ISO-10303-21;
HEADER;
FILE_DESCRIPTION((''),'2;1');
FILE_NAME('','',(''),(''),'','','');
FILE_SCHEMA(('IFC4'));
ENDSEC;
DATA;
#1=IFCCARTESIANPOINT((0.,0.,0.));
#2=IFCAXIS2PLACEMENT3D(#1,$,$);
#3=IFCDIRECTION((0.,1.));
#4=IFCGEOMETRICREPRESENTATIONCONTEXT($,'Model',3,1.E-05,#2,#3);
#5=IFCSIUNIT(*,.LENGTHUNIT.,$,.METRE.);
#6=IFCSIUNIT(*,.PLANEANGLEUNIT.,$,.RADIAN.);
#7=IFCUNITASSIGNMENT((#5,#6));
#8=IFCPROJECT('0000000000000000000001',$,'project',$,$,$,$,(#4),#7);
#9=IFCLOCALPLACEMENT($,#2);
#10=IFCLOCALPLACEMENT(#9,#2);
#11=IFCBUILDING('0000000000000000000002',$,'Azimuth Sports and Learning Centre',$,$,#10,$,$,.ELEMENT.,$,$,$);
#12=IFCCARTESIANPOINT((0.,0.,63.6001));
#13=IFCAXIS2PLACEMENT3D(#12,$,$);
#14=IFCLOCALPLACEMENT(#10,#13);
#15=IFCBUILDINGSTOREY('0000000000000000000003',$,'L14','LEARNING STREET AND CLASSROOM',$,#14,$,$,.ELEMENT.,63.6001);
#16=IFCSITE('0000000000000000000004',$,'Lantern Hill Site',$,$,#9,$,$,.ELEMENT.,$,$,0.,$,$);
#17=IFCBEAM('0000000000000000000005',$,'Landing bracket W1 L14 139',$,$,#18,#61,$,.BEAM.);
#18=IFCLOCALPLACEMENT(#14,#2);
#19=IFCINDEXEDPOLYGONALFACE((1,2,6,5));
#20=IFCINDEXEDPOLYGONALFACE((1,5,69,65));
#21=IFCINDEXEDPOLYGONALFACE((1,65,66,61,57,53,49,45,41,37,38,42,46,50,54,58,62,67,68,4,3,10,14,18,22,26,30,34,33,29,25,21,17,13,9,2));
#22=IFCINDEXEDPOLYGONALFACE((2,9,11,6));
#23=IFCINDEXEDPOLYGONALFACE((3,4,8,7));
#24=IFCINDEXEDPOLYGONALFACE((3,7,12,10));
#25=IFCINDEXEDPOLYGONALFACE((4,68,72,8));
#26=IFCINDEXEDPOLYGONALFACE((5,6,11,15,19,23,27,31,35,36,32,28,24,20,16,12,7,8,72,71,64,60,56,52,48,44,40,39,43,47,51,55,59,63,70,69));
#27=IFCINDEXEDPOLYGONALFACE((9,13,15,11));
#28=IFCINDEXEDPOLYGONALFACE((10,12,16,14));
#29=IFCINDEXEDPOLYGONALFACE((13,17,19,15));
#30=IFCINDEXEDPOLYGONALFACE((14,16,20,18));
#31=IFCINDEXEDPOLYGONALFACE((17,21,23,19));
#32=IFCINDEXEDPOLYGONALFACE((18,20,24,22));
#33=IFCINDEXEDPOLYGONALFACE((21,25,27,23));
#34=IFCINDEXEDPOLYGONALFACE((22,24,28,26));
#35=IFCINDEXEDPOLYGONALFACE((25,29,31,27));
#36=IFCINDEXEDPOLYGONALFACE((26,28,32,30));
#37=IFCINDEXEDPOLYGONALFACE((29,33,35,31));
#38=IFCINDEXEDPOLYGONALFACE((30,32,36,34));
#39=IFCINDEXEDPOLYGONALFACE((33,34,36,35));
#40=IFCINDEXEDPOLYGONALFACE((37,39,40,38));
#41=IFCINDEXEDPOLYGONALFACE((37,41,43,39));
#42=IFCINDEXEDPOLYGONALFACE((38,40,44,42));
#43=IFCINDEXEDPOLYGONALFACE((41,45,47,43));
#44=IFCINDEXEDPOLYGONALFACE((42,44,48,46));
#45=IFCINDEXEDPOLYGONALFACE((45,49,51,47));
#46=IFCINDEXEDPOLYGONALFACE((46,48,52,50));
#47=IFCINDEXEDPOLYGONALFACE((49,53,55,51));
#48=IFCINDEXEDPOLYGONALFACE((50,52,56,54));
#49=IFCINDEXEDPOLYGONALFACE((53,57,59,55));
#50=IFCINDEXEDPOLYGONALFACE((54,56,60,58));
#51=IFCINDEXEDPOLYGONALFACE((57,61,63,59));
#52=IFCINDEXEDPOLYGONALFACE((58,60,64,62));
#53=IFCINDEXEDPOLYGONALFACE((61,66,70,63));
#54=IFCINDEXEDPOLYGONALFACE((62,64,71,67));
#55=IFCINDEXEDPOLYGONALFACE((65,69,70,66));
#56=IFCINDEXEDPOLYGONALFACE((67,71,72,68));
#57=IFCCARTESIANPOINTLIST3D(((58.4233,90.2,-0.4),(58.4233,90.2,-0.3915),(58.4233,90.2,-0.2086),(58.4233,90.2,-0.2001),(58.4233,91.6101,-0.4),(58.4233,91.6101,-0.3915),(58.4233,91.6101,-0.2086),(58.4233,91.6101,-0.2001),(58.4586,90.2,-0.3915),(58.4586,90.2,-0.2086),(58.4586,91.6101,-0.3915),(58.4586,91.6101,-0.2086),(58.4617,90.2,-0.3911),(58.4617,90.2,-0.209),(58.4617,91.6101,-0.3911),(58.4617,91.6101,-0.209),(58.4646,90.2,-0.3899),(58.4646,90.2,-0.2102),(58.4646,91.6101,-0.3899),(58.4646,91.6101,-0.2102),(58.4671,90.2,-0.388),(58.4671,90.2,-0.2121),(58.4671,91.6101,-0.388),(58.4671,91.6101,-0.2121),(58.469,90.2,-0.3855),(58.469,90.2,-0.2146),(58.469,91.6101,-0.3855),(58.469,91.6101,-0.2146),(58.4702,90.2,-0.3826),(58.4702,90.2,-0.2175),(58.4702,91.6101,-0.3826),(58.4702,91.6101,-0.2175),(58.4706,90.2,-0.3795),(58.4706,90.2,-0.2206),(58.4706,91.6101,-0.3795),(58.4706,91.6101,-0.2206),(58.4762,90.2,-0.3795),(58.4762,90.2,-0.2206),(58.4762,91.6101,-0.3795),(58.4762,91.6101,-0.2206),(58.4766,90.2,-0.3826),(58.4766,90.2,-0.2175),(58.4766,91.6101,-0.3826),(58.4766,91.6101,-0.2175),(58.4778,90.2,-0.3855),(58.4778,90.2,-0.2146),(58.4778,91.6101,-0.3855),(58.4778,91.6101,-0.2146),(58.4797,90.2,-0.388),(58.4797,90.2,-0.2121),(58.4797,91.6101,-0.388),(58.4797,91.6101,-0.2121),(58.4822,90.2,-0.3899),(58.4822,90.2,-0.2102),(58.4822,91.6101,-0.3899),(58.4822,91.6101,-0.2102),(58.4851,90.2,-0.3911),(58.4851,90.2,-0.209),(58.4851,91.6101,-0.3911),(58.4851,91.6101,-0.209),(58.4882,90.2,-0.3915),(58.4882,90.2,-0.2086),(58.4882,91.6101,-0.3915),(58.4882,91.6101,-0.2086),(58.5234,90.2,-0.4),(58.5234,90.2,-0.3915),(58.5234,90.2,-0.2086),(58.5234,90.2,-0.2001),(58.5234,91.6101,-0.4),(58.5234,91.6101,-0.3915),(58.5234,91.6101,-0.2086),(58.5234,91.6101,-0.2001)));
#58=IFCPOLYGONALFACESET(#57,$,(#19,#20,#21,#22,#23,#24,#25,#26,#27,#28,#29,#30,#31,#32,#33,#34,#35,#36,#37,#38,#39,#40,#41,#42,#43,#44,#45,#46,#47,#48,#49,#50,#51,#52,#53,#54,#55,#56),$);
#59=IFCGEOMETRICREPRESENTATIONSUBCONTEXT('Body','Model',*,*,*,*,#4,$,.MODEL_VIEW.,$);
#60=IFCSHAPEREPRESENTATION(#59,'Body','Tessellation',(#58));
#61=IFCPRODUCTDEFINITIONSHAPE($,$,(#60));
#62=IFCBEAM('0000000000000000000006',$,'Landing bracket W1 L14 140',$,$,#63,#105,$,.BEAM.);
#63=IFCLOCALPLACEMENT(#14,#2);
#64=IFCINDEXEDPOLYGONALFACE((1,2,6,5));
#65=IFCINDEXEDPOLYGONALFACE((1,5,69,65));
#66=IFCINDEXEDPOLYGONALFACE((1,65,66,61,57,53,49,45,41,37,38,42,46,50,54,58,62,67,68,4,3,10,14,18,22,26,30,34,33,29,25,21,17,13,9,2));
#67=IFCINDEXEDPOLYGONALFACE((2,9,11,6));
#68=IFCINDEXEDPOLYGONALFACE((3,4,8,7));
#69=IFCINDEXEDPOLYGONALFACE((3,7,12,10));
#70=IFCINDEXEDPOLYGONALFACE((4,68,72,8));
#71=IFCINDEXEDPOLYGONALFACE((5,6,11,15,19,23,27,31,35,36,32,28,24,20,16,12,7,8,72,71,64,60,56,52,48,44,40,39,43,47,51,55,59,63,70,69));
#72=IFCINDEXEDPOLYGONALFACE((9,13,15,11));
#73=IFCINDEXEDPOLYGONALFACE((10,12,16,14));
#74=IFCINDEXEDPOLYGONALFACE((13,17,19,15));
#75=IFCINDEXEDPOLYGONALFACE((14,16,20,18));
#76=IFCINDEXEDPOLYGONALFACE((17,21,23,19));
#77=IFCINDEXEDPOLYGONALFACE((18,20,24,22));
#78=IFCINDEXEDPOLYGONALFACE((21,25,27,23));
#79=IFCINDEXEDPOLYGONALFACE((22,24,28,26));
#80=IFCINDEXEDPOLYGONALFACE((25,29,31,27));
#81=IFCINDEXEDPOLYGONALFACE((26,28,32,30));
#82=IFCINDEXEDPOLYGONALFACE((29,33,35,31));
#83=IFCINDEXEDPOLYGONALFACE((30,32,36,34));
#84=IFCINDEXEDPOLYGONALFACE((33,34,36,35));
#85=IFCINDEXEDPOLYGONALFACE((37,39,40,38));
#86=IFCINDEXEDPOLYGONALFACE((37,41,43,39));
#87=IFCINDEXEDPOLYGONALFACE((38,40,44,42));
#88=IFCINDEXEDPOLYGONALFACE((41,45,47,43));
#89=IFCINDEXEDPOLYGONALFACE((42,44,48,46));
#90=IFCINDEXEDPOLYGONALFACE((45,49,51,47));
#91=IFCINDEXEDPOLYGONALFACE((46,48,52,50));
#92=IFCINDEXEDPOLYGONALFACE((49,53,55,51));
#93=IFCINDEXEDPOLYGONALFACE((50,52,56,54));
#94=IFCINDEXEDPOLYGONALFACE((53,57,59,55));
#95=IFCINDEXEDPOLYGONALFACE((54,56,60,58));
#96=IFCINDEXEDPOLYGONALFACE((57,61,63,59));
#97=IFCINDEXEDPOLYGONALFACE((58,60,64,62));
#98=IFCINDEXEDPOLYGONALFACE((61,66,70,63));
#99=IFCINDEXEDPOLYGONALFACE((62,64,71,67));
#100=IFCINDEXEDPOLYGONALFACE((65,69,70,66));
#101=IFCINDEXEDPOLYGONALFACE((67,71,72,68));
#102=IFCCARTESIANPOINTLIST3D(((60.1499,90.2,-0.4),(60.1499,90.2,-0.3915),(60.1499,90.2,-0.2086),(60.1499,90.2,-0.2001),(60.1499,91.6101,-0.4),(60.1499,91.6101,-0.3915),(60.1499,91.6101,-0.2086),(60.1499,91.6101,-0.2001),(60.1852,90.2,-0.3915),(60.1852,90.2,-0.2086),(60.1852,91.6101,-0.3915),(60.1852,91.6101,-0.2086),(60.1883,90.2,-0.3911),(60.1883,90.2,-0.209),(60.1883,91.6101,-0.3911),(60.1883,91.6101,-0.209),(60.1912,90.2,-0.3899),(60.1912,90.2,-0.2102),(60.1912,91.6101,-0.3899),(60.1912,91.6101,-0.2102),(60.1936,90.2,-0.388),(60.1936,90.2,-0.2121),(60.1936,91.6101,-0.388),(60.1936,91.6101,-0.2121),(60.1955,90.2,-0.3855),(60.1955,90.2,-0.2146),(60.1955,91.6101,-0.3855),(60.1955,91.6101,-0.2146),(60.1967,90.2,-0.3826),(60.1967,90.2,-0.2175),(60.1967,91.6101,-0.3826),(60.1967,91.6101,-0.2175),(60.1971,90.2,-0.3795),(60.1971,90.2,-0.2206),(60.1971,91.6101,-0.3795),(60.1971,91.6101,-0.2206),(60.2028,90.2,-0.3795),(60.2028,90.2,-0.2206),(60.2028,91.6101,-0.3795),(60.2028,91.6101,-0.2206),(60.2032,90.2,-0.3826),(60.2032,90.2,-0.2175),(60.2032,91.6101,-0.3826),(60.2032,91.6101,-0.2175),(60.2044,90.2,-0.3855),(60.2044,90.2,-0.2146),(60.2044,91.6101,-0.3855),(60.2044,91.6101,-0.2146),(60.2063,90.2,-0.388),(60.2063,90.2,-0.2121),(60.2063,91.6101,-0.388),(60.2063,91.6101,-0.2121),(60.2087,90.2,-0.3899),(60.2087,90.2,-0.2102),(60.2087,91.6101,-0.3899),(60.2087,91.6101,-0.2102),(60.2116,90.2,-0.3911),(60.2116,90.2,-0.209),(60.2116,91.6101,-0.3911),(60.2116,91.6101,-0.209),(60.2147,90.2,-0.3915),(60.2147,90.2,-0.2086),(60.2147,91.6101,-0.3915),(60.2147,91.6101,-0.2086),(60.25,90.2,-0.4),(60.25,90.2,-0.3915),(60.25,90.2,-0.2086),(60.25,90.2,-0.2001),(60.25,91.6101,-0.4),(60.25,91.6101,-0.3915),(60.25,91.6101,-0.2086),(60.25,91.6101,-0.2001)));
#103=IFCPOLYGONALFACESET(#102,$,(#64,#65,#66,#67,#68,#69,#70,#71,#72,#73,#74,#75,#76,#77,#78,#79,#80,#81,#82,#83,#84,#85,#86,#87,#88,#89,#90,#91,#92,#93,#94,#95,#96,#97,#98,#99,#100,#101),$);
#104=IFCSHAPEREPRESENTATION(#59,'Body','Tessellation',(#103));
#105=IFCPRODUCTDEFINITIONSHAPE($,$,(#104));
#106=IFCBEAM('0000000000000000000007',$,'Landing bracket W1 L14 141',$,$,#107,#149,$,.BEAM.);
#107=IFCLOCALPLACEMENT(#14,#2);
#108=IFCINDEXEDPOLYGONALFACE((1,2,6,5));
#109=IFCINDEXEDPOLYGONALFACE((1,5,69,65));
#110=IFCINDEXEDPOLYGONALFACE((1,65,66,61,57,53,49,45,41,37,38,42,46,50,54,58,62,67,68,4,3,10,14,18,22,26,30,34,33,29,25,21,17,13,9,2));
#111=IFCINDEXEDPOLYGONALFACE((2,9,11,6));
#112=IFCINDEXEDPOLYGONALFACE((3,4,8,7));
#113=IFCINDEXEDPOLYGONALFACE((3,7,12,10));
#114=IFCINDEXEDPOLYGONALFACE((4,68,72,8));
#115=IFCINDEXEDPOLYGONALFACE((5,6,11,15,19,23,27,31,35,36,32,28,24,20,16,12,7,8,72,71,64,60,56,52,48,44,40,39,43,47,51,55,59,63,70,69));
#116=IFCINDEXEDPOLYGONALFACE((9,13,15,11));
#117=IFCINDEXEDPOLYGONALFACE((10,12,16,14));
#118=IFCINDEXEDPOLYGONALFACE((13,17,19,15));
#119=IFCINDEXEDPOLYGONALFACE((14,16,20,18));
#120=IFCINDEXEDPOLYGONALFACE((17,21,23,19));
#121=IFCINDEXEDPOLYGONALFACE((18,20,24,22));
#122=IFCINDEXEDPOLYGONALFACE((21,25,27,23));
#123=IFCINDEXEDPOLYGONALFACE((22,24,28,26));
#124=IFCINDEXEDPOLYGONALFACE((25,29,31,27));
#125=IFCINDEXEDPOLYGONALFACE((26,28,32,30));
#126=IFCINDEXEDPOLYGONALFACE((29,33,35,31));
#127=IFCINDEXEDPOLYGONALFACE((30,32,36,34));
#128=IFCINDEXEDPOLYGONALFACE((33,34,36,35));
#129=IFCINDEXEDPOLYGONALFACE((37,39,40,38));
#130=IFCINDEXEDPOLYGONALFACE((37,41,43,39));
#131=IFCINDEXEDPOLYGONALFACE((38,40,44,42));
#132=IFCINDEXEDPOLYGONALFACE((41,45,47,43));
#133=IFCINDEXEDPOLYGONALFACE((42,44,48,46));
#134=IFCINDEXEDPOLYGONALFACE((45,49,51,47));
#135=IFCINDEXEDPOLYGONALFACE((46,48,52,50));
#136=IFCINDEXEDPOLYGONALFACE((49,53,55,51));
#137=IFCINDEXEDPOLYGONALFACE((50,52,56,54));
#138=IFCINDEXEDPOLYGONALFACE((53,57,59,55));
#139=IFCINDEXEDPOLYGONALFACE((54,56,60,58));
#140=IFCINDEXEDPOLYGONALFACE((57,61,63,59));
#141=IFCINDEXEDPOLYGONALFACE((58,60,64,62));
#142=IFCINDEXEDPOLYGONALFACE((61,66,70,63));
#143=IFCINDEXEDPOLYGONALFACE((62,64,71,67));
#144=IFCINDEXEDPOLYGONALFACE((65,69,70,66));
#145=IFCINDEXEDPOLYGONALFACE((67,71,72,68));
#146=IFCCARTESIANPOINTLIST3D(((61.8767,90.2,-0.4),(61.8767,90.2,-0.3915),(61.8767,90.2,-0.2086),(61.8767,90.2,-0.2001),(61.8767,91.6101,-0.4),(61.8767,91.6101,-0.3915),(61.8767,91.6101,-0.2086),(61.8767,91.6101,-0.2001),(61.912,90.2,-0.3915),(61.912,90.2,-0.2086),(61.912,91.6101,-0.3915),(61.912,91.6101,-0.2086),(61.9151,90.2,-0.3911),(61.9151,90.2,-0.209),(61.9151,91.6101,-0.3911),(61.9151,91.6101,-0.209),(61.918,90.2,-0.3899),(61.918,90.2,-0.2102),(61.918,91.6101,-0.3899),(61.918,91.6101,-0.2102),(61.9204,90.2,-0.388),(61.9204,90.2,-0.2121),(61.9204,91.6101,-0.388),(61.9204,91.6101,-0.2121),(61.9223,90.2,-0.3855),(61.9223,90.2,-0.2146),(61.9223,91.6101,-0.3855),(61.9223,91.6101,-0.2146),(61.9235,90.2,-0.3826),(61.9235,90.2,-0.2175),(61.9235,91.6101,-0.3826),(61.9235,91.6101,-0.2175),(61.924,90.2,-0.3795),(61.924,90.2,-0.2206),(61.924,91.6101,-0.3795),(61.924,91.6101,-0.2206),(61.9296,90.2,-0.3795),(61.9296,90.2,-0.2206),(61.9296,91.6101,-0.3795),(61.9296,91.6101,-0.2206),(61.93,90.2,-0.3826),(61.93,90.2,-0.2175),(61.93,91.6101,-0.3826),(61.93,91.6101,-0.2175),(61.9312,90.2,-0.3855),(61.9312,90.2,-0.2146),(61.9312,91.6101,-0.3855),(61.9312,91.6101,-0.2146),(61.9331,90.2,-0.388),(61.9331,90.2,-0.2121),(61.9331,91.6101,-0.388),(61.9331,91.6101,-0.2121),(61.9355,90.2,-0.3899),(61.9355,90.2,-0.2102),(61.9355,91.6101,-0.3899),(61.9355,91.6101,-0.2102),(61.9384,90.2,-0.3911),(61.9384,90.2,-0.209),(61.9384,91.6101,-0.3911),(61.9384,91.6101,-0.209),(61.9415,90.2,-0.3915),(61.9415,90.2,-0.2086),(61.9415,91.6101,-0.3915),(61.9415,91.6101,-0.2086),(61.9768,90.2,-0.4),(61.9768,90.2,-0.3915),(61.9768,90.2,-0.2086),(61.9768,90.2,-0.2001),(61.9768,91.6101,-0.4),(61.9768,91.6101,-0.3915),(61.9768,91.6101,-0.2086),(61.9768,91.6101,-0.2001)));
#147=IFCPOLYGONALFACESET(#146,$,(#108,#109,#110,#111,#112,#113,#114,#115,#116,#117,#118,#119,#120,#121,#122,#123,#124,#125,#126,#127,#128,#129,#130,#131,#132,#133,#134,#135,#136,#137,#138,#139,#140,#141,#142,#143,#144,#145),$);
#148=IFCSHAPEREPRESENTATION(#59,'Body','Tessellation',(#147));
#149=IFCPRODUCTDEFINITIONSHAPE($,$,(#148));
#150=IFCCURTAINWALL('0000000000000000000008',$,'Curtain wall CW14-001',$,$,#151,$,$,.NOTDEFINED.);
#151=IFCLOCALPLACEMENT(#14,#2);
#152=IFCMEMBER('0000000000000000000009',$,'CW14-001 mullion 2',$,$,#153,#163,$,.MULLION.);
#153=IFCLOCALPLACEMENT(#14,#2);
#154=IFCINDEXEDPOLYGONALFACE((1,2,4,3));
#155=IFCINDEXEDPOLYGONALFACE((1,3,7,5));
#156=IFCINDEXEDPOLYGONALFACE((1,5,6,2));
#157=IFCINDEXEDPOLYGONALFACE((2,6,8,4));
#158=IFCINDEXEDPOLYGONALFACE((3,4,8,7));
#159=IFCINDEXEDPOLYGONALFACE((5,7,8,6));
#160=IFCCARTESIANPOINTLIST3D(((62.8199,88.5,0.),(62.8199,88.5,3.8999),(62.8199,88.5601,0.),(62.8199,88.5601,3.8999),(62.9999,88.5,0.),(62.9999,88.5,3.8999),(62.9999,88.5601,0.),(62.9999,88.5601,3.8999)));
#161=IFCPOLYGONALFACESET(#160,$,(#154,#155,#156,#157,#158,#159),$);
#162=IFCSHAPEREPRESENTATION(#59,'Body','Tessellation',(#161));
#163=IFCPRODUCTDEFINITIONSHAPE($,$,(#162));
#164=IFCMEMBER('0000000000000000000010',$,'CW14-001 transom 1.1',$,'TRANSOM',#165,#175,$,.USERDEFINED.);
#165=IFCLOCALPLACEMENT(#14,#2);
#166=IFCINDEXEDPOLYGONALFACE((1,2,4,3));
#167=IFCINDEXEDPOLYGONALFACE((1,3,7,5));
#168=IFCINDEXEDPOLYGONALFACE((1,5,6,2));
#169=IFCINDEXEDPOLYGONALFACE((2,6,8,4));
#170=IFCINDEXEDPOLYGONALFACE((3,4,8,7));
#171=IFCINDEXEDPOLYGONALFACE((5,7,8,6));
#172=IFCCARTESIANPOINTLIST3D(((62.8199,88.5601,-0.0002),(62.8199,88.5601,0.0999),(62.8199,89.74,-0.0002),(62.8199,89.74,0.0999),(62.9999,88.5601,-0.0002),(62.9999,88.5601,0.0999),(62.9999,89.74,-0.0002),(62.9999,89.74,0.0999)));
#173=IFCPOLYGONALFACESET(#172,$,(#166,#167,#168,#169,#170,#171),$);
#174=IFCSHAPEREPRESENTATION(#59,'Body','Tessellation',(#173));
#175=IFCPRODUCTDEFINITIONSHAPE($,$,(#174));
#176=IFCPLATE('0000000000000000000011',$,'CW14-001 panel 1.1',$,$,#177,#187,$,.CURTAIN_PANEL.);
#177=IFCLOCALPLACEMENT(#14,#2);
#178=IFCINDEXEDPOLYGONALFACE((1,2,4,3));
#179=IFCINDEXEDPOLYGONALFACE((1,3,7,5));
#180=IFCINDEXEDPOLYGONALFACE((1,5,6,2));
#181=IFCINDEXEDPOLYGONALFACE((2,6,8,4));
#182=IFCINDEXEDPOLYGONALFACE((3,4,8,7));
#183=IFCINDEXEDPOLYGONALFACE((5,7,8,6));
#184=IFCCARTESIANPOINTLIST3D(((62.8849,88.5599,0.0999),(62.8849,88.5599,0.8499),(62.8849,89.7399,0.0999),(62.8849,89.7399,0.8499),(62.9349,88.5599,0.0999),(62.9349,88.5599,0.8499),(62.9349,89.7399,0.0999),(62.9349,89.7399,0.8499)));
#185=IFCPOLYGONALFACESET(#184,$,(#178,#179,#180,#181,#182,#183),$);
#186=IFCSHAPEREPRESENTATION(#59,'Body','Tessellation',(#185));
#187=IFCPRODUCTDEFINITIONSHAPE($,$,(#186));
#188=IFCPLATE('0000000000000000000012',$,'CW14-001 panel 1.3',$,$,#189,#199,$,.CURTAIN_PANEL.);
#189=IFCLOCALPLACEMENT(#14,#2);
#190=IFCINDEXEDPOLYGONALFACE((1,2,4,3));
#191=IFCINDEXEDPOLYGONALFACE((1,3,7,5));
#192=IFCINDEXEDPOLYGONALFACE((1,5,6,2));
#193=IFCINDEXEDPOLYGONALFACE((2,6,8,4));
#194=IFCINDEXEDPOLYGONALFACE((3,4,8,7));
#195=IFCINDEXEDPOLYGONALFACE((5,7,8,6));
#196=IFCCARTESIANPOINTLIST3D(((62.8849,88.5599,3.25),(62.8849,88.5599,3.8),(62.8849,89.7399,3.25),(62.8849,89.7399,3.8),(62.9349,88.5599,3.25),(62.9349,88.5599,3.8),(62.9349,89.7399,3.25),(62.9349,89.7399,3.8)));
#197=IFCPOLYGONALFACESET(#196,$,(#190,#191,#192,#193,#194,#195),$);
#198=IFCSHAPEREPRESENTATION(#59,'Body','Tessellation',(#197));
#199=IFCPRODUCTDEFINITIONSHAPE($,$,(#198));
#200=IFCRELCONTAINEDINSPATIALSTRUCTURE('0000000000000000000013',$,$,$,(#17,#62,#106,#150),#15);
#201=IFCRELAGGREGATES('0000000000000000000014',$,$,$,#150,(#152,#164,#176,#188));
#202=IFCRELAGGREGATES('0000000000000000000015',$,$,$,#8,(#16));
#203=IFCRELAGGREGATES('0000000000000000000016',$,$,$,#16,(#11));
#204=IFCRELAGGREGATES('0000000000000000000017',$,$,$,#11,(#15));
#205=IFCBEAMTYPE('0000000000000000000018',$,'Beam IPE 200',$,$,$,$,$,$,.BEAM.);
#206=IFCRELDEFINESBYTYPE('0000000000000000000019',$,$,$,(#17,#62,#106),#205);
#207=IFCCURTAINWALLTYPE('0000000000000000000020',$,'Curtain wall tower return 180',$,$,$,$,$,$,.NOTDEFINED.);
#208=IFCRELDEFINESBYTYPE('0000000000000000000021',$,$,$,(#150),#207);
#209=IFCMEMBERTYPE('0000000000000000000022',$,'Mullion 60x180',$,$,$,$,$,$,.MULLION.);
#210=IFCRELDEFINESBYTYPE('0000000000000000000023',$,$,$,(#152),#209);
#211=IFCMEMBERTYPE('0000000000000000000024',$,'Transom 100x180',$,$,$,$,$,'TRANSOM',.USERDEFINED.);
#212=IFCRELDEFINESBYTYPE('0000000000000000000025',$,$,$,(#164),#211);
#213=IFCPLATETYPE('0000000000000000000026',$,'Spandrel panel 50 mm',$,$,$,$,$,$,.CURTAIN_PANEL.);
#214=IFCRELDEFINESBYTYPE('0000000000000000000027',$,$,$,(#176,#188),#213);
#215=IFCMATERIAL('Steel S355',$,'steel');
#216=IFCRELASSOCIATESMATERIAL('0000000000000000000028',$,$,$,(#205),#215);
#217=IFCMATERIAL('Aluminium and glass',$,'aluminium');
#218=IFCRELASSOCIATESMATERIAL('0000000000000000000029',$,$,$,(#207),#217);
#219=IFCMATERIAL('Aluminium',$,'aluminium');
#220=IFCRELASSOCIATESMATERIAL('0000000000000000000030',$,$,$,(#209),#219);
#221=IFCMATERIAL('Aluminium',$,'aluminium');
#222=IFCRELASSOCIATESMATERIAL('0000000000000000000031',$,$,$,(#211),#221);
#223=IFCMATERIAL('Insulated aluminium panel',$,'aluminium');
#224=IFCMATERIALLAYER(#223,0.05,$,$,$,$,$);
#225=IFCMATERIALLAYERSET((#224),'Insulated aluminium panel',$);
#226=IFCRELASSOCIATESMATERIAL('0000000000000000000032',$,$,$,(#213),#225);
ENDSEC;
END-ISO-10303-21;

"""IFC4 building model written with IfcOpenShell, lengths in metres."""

from ifc_helpers import new_model, si_unit, direction, frame, origin, origin_2d, place, context, subcontext, project, spatial, rectangle, i_section, extrude, material, layer, layer_set, material_profile, profile_set, type_object, element, aggregate, save


model = new_model("IFC4")

# Units and contexts
model_context = context("Model", 3, precision=1e-05, world=origin(), true_north=direction((0.0, 1.0)))
body_context = subcontext(model_context, "Body", "Model", "MODEL_VIEW")
ifc_project = project(units=[si_unit("LENGTHUNIT", "METRE"), si_unit("PLANEANGLEUNIT", "RADIAN")], contexts=[model_context])

# Site, building, storey
site_placement = place(None, origin())
site = spatial("IfcSite", under=ifc_project, at=site_placement, Name="Lantern Hill Site", CompositionType="ELEMENT", RefElevation=0.0)
building_placement = place(site_placement, origin())
building = spatial("IfcBuilding", under=site, at=building_placement, Name="Azimuth Sports and Learning Centre", CompositionType="ELEMENT")
storey_placement = place(building_placement, frame((0.0, 0.0, 63.6001)))
storey = spatial("IfcBuildingStorey", under=building, at=storey_placement, Name="L14", Description="LEARNING STREET AND CLASSROOM", CompositionType="ELEMENT", Elevation=63.6001)

# Beams
ifc_material_1 = material(Name="Steel S355", Category="steel")
ifc_material_profile_1 = material_profile(ifc_material_1, i_section(OverallWidth=0.1001, OverallDepth=0.2, WebThickness=0.0056, FlangeThickness=0.0085, FilletRadius=0.012, at=origin_2d()), Name="IPE 200")
ifc_profile_set_1 = profile_set([ifc_material_profile_1], Name="Steel S355")
beam_type = type_object("IfcBeamType", Name="Beam IPE 200", PredefinedType="BEAM", material=ifc_profile_set_1)
for number, where, z_axis, x_axis, name in (
    (1, (58.4734, 90.2, -0.3), (0.0, 1.0, 0.0), (-1.0, 0.0, 0.0), "Landing bracket W1 L14 139"),
    (2, (60.2, 90.2, -0.3), (0.0, 1.0, 0.0), (-1.0, 0.0, 0.0), "Landing bracket W1 L14 140"),
    (3, (61.9268, 90.2, -0.3), (0.0, 1.0, 0.0), (-1.0, 0.0, 0.0), "Landing bracket W1 L14 141"),
):
    element("IfcBeam", number, at=place(storey_placement, frame(where, z_axis=z_axis, x_axis=x_axis)), inside=storey, type_object=beam_type, Name=name, PredefinedType="BEAM", context=body_context, shape_type="SweptSolid", body=[
        extrude(i_section(OverallWidth=0.1001, OverallDepth=0.2, WebThickness=0.0056, FlangeThickness=0.0085, FilletRadius=0.012, at=origin_2d()), origin(), (0.0, 0.0, 1.0), 1.4102),
    ])

# Curtain wall, members, plates
ifc_material_2 = material(Name="Aluminium and glass", Category="aluminium")
curtain_wall_type = type_object("IfcCurtainWallType", Name="Curtain wall tower return 180", PredefinedType="NOTDEFINED", material=ifc_material_2)
curtain_wall_placement = place(storey_placement, origin())
curtain_wall = element("IfcCurtainWall", 4, at=curtain_wall_placement, inside=storey, type_object=curtain_wall_type, Name="Curtain wall CW14-001", PredefinedType="NOTDEFINED")
ifc_material_3 = material(Name="Aluminium", Category="aluminium")
ifc_material_profile_2 = material_profile(ifc_material_3, rectangle(XDim=0.1799, YDim=0.0601, at=origin_2d()), Name="Mullion 60x180")
ifc_profile_set_2 = profile_set([ifc_material_profile_2], Name="Aluminium")
member_type_1 = type_object("IfcMemberType", Name="Mullion 60x180", PredefinedType="MULLION", material=ifc_profile_set_2)
member_1_placement = place(storey_placement, frame((62.9099, 88.53, 0.0), z_axis=(0.0, 0.0, 1.0), x_axis=(1.0, 0.0, 0.0)))
member_1 = element("IfcMember", 5, at=member_1_placement, type_object=member_type_1, Name="CW14-001 mullion 2", PredefinedType="MULLION", context=body_context, shape_type="SweptSolid", body=[
    extrude(rectangle(XDim=0.1799, YDim=0.0601, at=origin_2d()), origin(), (0.0, 0.0, 1.0), 3.8999),
])
ifc_material_4 = material(Name="Aluminium", Category="aluminium")
ifc_material_profile_3 = material_profile(ifc_material_4, rectangle(XDim=0.1799, YDim=0.1001, at=origin_2d()), Name="Transom 100x180")
ifc_profile_set_3 = profile_set([ifc_material_profile_3], Name="Aluminium")
member_type_2 = type_object("IfcMemberType", Name="Transom 100x180", ElementType="TRANSOM", PredefinedType="USERDEFINED", material=ifc_profile_set_3)
member_2_placement = place(storey_placement, frame((62.9099, 89.74, 0.0498), z_axis=(0.0, -1.0, 0.0), x_axis=(1.0, 0.0, 0.0)))
member_2 = element("IfcMember", 6, at=member_2_placement, type_object=member_type_2, Name="CW14-001 transom 1.1", ObjectType="TRANSOM", PredefinedType="USERDEFINED", context=body_context, shape_type="SweptSolid", body=[
    extrude(rectangle(XDim=0.1799, YDim=0.1001, at=origin_2d()), origin(), (0.0, 0.0, 1.0), 1.1799),
])
ifc_material_5 = material(Name="Insulated aluminium panel", Category="aluminium")
ifc_layer_1 = layer(ifc_material_5, 0.05)
ifc_layer_set_1 = layer_set([ifc_layer_1], Name="Insulated aluminium panel")
plate_type_1 = type_object("IfcPlateType", Name="Spandrel panel 50 mm", PredefinedType="CURTAIN_PANEL", material=ifc_layer_set_1)
plate_1_placement = place(storey_placement, frame((62.9099, 89.1499, 0.0999), z_axis=(0.0, 0.0, 1.0), x_axis=(0.0, -1.0, 0.0)))
plate_1 = element("IfcPlate", 7, at=plate_1_placement, type_object=plate_type_1, Name="CW14-001 panel 1.1", PredefinedType="CURTAIN_PANEL", context=body_context, shape_type="SweptSolid", body=[
    extrude(rectangle(XDim=1.1799, YDim=0.05, at=origin_2d()), origin(), (0.0, 0.0, 1.0), 0.75),
])
plate_2_placement = place(storey_placement, frame((62.9099, 89.1499, 3.25), z_axis=(0.0, 0.0, 1.0), x_axis=(0.0, -1.0, 0.0)))
plate_2 = element("IfcPlate", 8, at=plate_2_placement, type_object=plate_type_1, Name="CW14-001 panel 1.3", PredefinedType="CURTAIN_PANEL", context=body_context, shape_type="SweptSolid", body=[
    extrude(rectangle(XDim=1.1799, YDim=0.05, at=origin_2d()), origin(), (0.0, 0.0, 1.0), 0.55),
])
aggregate(curtain_wall, [member_1, member_2, plate_1, plate_2])

save(model, "model.ifc")
